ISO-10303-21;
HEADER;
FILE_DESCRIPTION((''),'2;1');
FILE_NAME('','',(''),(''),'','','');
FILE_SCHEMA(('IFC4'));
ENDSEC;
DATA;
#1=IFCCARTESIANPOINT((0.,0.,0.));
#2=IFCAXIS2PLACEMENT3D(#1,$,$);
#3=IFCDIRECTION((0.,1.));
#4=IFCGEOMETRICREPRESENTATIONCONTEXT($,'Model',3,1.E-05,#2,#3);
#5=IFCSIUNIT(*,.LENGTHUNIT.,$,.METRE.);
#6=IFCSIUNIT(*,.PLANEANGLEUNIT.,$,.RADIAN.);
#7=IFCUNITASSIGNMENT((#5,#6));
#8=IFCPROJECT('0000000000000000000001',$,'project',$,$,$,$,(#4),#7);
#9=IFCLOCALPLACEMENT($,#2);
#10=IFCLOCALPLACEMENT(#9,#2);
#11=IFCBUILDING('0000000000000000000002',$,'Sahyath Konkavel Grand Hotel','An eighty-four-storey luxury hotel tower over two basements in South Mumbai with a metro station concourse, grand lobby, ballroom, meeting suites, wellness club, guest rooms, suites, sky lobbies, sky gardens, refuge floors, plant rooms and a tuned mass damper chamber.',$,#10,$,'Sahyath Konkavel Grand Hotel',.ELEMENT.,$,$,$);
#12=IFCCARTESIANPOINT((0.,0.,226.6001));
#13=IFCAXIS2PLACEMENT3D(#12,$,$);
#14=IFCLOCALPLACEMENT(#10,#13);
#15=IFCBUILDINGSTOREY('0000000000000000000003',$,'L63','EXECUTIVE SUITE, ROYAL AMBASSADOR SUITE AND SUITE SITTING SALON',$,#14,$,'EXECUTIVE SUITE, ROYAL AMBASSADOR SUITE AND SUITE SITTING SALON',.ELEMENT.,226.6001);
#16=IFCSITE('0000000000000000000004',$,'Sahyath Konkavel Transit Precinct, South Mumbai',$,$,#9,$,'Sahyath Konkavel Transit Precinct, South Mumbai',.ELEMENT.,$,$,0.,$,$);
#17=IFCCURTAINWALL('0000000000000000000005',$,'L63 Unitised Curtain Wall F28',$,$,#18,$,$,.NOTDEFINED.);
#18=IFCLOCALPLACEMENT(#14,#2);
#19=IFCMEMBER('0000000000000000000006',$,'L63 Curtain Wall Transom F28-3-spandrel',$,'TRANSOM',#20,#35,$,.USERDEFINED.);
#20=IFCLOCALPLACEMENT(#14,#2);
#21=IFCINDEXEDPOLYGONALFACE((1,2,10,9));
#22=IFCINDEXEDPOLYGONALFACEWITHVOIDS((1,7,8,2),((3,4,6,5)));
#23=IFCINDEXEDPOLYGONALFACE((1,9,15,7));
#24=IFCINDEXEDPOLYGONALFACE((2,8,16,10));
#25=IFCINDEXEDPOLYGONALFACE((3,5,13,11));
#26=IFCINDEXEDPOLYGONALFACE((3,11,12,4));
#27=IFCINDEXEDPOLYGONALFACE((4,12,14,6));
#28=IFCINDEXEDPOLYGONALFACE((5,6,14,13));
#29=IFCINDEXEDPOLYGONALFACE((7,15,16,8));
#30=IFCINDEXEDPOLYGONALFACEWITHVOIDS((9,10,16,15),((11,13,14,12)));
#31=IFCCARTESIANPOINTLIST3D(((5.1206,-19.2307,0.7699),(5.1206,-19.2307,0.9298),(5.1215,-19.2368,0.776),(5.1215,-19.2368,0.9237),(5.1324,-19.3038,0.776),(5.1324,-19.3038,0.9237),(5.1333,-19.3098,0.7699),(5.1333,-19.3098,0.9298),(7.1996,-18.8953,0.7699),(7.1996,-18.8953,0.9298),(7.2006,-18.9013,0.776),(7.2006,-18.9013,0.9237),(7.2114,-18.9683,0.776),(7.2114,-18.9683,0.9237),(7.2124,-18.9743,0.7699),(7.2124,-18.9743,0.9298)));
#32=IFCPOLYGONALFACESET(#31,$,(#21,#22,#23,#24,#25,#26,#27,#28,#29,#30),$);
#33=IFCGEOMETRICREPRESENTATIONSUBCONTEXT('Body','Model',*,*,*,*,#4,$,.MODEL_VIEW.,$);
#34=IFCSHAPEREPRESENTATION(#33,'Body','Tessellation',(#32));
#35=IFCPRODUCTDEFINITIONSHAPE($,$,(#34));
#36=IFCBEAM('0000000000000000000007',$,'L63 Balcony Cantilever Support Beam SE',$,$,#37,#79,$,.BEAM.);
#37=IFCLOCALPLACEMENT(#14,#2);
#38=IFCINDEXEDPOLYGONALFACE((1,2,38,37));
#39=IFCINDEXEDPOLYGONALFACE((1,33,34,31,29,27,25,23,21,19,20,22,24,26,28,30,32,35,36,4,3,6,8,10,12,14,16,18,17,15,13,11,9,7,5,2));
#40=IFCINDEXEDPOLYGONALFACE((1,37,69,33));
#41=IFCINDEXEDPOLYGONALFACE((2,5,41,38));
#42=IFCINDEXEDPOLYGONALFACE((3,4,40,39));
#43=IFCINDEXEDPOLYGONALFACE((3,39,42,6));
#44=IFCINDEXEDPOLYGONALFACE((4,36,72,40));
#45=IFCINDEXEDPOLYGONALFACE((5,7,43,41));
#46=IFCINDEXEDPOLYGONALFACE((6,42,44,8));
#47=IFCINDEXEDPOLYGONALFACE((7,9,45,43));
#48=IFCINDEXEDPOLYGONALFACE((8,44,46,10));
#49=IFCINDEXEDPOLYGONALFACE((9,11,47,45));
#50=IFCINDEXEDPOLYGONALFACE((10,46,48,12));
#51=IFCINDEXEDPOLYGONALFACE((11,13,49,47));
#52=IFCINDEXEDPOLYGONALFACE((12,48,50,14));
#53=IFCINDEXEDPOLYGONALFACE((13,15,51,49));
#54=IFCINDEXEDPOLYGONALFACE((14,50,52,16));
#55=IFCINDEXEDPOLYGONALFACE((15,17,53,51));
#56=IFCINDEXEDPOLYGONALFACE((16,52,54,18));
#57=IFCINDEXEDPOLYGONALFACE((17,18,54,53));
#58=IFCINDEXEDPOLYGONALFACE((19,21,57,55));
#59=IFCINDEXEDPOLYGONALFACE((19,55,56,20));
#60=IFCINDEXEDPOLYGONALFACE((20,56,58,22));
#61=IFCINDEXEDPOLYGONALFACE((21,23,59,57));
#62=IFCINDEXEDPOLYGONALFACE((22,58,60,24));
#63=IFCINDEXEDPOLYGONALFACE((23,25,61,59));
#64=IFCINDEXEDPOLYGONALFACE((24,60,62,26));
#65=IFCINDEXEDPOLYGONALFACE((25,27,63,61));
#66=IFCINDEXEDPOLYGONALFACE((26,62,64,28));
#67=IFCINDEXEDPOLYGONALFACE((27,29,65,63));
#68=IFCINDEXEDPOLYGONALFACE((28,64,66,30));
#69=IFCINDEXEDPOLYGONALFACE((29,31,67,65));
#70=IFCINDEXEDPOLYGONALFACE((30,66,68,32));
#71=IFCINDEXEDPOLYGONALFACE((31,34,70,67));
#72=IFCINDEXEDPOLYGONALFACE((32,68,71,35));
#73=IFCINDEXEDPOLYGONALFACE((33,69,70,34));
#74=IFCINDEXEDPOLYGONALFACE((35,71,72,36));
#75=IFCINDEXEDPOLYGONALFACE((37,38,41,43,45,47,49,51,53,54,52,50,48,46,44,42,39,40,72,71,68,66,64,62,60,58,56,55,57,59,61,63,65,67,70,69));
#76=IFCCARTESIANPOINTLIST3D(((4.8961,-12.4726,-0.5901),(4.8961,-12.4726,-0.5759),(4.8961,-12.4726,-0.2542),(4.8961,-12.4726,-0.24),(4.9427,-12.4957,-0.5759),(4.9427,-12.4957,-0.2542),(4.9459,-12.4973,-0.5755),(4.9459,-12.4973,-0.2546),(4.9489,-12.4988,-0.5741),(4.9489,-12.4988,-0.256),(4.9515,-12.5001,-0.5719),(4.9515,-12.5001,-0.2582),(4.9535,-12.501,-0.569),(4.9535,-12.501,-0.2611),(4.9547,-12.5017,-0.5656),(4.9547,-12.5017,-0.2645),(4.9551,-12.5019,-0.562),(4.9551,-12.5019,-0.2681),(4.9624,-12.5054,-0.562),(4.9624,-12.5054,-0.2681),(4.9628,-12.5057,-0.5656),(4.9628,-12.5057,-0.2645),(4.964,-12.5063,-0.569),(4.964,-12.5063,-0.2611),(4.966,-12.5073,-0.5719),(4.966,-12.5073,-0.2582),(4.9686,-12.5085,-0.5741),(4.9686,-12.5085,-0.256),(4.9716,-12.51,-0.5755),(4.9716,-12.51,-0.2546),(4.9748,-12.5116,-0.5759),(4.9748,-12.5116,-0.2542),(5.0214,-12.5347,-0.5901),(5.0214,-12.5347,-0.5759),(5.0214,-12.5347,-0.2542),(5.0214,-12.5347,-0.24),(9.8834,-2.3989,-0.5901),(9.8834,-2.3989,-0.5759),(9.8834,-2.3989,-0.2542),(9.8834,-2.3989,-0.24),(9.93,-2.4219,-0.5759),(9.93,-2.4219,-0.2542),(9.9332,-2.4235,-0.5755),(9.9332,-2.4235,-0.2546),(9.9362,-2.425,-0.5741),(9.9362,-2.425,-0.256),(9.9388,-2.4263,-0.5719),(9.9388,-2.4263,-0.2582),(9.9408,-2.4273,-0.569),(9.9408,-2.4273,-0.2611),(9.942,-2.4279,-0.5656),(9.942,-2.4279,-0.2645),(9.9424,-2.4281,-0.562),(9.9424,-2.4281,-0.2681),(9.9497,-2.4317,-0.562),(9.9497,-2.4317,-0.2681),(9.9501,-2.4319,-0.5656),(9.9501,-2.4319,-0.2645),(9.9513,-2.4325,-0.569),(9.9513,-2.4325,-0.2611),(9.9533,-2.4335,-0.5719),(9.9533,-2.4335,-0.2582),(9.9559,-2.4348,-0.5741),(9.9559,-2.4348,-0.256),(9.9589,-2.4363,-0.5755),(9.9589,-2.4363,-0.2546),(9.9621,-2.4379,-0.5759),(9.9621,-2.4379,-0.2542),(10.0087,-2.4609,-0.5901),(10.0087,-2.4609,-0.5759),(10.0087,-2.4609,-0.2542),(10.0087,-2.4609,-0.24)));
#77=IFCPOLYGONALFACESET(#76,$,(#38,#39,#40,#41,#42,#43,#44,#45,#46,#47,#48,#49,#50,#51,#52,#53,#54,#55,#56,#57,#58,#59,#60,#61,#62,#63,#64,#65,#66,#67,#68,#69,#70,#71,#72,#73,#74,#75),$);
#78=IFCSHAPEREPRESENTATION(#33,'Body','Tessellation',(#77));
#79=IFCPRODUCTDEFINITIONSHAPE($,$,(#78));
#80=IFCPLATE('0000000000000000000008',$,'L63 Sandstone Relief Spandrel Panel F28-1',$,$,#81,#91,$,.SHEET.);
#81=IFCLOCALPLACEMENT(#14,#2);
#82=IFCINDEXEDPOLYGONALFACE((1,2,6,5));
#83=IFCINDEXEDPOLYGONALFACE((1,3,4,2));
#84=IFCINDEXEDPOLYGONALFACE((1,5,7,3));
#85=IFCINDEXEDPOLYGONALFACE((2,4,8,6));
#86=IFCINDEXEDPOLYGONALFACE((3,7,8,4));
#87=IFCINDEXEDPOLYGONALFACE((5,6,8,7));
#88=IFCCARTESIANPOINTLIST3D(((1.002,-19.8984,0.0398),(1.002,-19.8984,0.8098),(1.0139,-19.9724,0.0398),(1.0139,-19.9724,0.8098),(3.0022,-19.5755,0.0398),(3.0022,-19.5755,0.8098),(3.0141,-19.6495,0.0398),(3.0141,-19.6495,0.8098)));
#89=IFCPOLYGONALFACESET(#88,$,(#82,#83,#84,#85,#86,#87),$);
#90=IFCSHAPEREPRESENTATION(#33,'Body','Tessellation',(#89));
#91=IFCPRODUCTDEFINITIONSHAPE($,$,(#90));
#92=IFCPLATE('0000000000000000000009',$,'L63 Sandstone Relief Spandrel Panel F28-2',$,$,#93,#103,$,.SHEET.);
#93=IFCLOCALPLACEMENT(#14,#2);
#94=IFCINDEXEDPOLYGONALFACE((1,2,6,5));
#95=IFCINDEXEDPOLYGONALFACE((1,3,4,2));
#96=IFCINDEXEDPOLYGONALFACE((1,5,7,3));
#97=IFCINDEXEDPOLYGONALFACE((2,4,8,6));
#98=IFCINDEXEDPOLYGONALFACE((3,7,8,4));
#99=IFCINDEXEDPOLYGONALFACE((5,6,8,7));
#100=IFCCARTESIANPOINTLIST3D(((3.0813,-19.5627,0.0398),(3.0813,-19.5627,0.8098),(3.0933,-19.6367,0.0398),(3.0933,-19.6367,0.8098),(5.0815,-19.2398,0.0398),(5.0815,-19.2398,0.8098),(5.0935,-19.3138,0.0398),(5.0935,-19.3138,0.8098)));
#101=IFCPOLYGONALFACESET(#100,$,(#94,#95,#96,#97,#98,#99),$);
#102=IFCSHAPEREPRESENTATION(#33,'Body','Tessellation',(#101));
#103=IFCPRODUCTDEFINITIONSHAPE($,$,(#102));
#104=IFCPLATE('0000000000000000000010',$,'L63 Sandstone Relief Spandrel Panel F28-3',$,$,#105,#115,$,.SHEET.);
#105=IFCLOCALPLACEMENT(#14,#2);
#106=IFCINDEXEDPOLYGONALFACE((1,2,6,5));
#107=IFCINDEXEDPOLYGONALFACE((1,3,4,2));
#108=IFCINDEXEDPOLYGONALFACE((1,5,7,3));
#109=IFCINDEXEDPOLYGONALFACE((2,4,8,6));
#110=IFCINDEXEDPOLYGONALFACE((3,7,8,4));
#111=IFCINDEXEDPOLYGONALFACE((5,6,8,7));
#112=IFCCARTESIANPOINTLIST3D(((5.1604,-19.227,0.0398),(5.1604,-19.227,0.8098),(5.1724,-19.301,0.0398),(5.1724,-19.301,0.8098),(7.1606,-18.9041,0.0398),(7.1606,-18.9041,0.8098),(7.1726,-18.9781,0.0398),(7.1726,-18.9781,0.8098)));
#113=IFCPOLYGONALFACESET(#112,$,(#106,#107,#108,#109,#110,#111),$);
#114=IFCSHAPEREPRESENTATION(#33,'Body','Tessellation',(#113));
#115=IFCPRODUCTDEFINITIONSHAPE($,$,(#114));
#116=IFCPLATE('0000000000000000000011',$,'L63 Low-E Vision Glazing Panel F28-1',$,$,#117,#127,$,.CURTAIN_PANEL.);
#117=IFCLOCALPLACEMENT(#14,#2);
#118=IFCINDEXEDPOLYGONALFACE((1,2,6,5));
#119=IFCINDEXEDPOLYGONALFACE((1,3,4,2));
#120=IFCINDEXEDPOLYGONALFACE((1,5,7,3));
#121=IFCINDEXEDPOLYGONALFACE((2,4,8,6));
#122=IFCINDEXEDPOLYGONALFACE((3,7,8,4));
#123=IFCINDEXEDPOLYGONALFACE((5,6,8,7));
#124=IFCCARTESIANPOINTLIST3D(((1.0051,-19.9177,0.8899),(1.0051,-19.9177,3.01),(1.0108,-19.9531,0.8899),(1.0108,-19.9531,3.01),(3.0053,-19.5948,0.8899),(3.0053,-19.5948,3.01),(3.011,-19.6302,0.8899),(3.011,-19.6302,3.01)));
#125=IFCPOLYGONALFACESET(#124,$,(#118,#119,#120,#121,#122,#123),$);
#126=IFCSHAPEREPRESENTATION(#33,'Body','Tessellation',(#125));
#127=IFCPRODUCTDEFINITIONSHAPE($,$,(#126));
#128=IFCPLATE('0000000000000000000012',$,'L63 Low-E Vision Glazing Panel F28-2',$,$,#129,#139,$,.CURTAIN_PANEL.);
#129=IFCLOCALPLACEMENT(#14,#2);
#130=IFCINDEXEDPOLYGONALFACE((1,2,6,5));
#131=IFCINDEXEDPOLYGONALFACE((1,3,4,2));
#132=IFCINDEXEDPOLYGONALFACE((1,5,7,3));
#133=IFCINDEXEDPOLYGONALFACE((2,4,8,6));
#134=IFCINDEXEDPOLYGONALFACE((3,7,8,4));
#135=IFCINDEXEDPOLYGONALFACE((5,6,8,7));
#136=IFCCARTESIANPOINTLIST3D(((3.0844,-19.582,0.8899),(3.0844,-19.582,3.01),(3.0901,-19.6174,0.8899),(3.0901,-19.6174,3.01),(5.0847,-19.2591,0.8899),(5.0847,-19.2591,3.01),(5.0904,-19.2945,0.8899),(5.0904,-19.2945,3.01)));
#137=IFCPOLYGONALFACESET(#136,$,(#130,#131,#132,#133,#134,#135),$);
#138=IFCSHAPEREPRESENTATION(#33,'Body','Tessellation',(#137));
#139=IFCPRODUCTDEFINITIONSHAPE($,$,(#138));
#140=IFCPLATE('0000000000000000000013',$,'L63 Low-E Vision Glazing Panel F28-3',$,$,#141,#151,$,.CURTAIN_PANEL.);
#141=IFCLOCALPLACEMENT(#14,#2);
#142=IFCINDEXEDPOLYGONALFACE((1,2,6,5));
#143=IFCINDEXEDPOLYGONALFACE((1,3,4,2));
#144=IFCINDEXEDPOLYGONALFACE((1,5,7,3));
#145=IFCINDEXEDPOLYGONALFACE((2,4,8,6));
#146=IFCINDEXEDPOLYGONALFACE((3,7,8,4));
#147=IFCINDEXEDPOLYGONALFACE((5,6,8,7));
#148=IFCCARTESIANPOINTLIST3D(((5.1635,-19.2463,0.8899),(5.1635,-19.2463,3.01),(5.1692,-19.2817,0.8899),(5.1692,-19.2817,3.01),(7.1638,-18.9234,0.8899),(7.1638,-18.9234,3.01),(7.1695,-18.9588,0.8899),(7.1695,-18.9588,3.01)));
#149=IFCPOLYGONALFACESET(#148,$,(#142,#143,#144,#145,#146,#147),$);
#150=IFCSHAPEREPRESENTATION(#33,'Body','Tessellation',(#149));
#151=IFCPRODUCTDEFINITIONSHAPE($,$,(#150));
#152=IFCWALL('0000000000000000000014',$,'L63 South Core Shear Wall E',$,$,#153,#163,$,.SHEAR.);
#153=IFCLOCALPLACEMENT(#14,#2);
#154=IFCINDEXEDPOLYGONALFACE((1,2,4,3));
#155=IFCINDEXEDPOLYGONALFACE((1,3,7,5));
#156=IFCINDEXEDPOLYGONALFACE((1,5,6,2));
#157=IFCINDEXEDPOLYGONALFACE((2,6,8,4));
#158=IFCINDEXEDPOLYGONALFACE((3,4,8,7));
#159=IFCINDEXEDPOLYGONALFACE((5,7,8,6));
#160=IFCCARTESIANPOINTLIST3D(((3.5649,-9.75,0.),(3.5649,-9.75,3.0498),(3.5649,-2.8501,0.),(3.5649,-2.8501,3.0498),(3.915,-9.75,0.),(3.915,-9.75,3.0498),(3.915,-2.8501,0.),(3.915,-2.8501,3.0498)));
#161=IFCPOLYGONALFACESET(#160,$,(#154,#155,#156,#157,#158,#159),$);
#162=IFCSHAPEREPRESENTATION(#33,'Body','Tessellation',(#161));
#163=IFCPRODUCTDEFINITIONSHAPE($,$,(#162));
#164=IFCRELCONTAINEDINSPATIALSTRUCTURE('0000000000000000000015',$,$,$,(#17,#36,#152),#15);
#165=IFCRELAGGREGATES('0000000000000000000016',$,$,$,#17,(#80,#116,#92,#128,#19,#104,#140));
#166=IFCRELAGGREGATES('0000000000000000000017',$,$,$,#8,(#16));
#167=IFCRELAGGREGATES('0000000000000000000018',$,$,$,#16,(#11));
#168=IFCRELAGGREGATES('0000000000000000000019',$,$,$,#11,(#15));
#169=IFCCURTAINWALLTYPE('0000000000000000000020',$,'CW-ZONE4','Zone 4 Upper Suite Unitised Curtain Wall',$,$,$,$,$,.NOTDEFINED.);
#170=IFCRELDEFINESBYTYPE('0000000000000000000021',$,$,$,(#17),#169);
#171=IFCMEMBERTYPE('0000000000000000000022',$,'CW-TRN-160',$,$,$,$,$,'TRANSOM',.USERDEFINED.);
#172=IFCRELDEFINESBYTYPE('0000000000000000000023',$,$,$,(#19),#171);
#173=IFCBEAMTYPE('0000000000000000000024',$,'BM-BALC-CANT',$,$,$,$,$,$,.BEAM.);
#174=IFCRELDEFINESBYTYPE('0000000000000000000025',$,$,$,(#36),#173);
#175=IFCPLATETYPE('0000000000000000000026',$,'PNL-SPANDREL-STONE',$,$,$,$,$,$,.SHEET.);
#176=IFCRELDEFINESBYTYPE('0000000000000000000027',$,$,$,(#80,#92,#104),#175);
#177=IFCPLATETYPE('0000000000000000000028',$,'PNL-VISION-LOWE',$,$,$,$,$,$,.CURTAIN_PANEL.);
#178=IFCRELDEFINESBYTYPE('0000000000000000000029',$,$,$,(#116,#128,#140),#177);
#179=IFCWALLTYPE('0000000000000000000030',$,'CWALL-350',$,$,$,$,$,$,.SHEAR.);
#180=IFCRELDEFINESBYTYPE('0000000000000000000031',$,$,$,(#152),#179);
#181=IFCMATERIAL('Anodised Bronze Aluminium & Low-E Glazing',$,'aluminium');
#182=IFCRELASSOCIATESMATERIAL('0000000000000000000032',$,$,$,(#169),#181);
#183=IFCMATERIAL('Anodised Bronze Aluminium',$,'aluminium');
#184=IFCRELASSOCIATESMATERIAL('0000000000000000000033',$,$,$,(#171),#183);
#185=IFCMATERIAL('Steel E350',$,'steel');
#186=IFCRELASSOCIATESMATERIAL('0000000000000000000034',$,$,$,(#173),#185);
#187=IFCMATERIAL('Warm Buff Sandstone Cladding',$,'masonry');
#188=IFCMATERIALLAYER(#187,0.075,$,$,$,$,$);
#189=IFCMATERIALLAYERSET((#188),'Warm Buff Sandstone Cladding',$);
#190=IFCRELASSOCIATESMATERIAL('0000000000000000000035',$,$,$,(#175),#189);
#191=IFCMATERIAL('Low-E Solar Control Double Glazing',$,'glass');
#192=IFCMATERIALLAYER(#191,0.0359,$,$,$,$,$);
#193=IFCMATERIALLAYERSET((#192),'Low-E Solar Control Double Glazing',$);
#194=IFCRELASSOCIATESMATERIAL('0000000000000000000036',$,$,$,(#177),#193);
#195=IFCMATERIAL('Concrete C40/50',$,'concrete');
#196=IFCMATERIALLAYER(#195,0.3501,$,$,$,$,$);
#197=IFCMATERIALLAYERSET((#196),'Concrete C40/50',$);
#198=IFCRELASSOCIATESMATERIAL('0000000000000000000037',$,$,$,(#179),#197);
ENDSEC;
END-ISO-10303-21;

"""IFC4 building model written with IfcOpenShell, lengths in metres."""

from ifc_helpers import new_model, si_unit, direction, frame, frame_2d, origin, origin_2d, place, context, subcontext, project, spatial, rectangle, hollow_rectangle, i_section, extrude, source, transform, mapped, material, layer, layer_set, material_profile, profile_set, type_object, element, aggregate, save


model = new_model("IFC4")

# Units and contexts
model_context = context("Model", 3, precision=1e-05, world=origin(), true_north=direction((0.0, 1.0)))
body_context = subcontext(model_context, "Body", "Model", "MODEL_VIEW")
ifc_project = project(units=[si_unit("LENGTHUNIT", "METRE"), si_unit("PLANEANGLEUNIT", "RADIAN")], contexts=[model_context])

# Site, building, storey
site_placement = place(None, origin())
site = spatial("IfcSite", under=ifc_project, at=site_placement, Name="Sahyath Konkavel Transit Precinct, South Mumbai", LongName="Sahyath Konkavel Transit Precinct, South Mumbai", CompositionType="ELEMENT", RefElevation=0.0)
building_placement = place(site_placement, origin())
building = spatial("IfcBuilding", under=site, at=building_placement, Name="Sahyath Konkavel Grand Hotel", Description="An eighty-four-storey luxury hotel tower over two basements in South Mumbai with a metro station concourse, grand lobby, ballroom, meeting suites, wellness club, guest rooms, suites, sky lobbies, sky gardens, refuge floors, plant rooms and a tuned mass damper chamber.", LongName="Sahyath Konkavel Grand Hotel", CompositionType="ELEMENT")
storey_placement = place(building_placement, frame((0.0, 0.0, 226.6001)))
storey = spatial("IfcBuildingStorey", under=building, at=storey_placement, Name="L63", Description="EXECUTIVE SUITE, ROYAL AMBASSADOR SUITE AND SUITE SITTING SALON", LongName="EXECUTIVE SUITE, ROYAL AMBASSADOR SUITE AND SUITE SITTING SALON", CompositionType="ELEMENT", Elevation=226.6001)

# Shared definitions
ifc_material_1 = material(Name="Steel E350", Category="steel")

# Curtain wall, member
ifc_material_2 = material(Name="Anodised Bronze Aluminium & Low-E Glazing", Category="aluminium")
curtain_wall_type = type_object("IfcCurtainWallType", Name="CW-ZONE4", Description="Zone 4 Upper Suite Unitised Curtain Wall", PredefinedType="NOTDEFINED", material=ifc_material_2)
curtain_wall_placement = place(storey_placement, origin())
curtain_wall = element("IfcCurtainWall", 1, at=curtain_wall_placement, inside=storey, type_object=curtain_wall_type, Name="L63 Unitised Curtain Wall F28", PredefinedType="NOTDEFINED")
ifc_material_3 = material(Name="Anodised Bronze Aluminium", Category="aluminium")
ifc_material_profile_1 = material_profile(ifc_material_3, hollow_rectangle(XDim=0.0801, YDim=0.1599, WallThickness=0.0061, at=origin_2d()), Name="RHS 160x80x6")
ifc_profile_set_1 = profile_set([ifc_material_profile_1], Name="Anodised Bronze Aluminium")
member_type_1 = type_object("IfcMemberType", Name="CW-TRN-160", ElementType="TRANSOM", PredefinedType="USERDEFINED", material=ifc_profile_set_1)
shared_shape_1 = source(origin(), body_context, "Body", "SweptSolid", [
    extrude(hollow_rectangle(XDim=0.0801, YDim=0.1599, WallThickness=0.0061, at=origin_2d()), origin(), (0.0, 0.0, 1.0), 2.106),
])
member_1_placement = place(storey_placement, frame((5.127, -19.2703, 0.8499), z_axis=(0.987233, 0.159283, 0.0), x_axis=(-0.159283, 0.987233, 0.0)))
member_1 = element("IfcMember", 2, at=member_1_placement, type_object=member_type_1, Name="L63 Curtain Wall Transom F28-3-spandrel", ObjectType="TRANSOM", PredefinedType="USERDEFINED", context=body_context, shape_type="MappedRepresentation", body=[
    mapped(shared_shape_1, transform((0.0, 0.0, 0.0), scale=1.0)),
])

# Beam
ifc_material_profile_2 = material_profile(ifc_material_1, i_section(OverallWidth=0.1399, OverallDepth=0.3501, WebThickness=0.0081, FlangeThickness=0.0142, FilletRadius=0.0139, at=origin_2d()), Name="ISMB 350")
ifc_profile_set_2 = profile_set([ifc_material_profile_2], Name="Steel E350")
beam_type_1 = type_object("IfcBeamType", Name="BM-BALC-CANT", PredefinedType="BEAM", material=ifc_profile_set_2)
shared_shape_2 = source(origin(), body_context, "Body", "SweptSolid", [
    extrude(i_section(OverallWidth=0.1399, OverallDepth=0.3501, WebThickness=0.0081, FlangeThickness=0.0142, FilletRadius=0.0139, at=origin_2d()), origin(), (0.0, 0.0, 1.0), 11.2407),
])
beam_1_placement = place(storey_placement, frame((4.9587, -12.5037, -0.415), z_axis=(0.443683, 0.896184, 0.0), x_axis=(-0.896184, 0.443683, 0.0)))
element("IfcBeam", 3, at=beam_1_placement, inside=storey, type_object=beam_type_1, Name="L63 Balcony Cantilever Support Beam SE", PredefinedType="BEAM", context=body_context, shape_type="MappedRepresentation", body=[
    mapped(shared_shape_2, transform((0.0, 0.0, 0.0), scale=1.0)),
])

# Plates
ifc_material_4 = material(Name="Warm Buff Sandstone Cladding", Category="masonry")
ifc_layer_1 = layer(ifc_material_4, 0.075)
ifc_layer_set_1 = layer_set([ifc_layer_1], Name="Warm Buff Sandstone Cladding")
plate_type_1 = type_object("IfcPlateType", Name="PNL-SPANDREL-STONE", PredefinedType="SHEET", material=ifc_layer_set_1)
shared_shape_3 = source(origin(), body_context, "Body", "SweptSolid", [
    extrude(rectangle(XDim=2.0261, YDim=0.075, at=origin_2d()), origin(), (0.0, 0.0, 1.0), 0.77),
])
plate_1_placement = place(storey_placement, frame((2.0081, -19.7739, 0.0398), z_axis=(0.0, 0.0, 1.0), x_axis=(0.98722, 0.159364, 0.0)))
plate_1 = element("IfcPlate", 4, at=plate_1_placement, type_object=plate_type_1, Name="L63 Sandstone Relief Spandrel Panel F28-1", PredefinedType="SHEET", context=body_context, shape_type="MappedRepresentation", body=[
    mapped(shared_shape_3, transform((0.0, 0.0, 0.0), scale=1.0)),
])
plate_2_placement = place(storey_placement, frame((4.0874, -19.4382, 0.0398), z_axis=(0.0, 0.0, 1.0), x_axis=(0.98722, 0.159364, 0.0)))
plate_2 = element("IfcPlate", 5, at=plate_2_placement, type_object=plate_type_1, Name="L63 Sandstone Relief Spandrel Panel F28-2", PredefinedType="SHEET", context=body_context, shape_type="MappedRepresentation", body=[
    mapped(shared_shape_3, transform((0.0, 0.0, 0.0), scale=1.0)),
])
plate_3_placement = place(storey_placement, frame((6.1665, -19.1025, 0.0398), z_axis=(0.0, 0.0, 1.0), x_axis=(0.98722, 0.159364, 0.0)))
plate_3 = element("IfcPlate", 6, at=plate_3_placement, type_object=plate_type_1, Name="L63 Sandstone Relief Spandrel Panel F28-3", PredefinedType="SHEET", context=body_context, shape_type="MappedRepresentation", body=[
    mapped(shared_shape_3, transform((0.0, 0.0, 0.0), scale=1.0)),
])
ifc_material_5 = material(Name="Low-E Solar Control Double Glazing", Category="glass")
ifc_layer_2 = layer(ifc_material_5, 0.0359)
ifc_layer_set_2 = layer_set([ifc_layer_2], Name="Low-E Solar Control Double Glazing")
plate_type_2 = type_object("IfcPlateType", Name="PNL-VISION-LOWE", PredefinedType="CURTAIN_PANEL", material=ifc_layer_set_2)
shared_shape_4 = source(origin(), body_context, "Body", "SweptSolid", [
    extrude(rectangle(XDim=2.0261, YDim=0.0359, at=origin_2d()), origin(), (0.0, 0.0, 1.0), 2.1201),
])
plate_4_placement = place(storey_placement, frame((2.0081, -19.7739, 0.8899), z_axis=(0.0, 0.0, 1.0), x_axis=(0.98722, 0.159364, 0.0)))
plate_4 = element("IfcPlate", 7, at=plate_4_placement, type_object=plate_type_2, Name="L63 Low-E Vision Glazing Panel F28-1", PredefinedType="CURTAIN_PANEL", context=body_context, shape_type="MappedRepresentation", body=[
    mapped(shared_shape_4, transform((0.0, 0.0, 0.0), scale=1.0)),
])
plate_5_placement = place(storey_placement, frame((4.0874, -19.4382, 0.8899), z_axis=(0.0, 0.0, 1.0), x_axis=(0.98722, 0.159364, 0.0)))
plate_5 = element("IfcPlate", 8, at=plate_5_placement, type_object=plate_type_2, Name="L63 Low-E Vision Glazing Panel F28-2", PredefinedType="CURTAIN_PANEL", context=body_context, shape_type="MappedRepresentation", body=[
    mapped(shared_shape_4, transform((0.0, 0.0, 0.0), scale=1.0)),
])
plate_6_placement = place(storey_placement, frame((6.1665, -19.1025, 0.8899), z_axis=(0.0, 0.0, 1.0), x_axis=(0.98722, 0.159364, 0.0)))
plate_6 = element("IfcPlate", 9, at=plate_6_placement, type_object=plate_type_2, Name="L63 Low-E Vision Glazing Panel F28-3", PredefinedType="CURTAIN_PANEL", context=body_context, shape_type="MappedRepresentation", body=[
    mapped(shared_shape_4, transform((0.0, 0.0, 0.0), scale=1.0)),
])
aggregate(curtain_wall, [plate_1, plate_4, plate_2, plate_5, member_1, plate_3, plate_6])

# Wall
ifc_material_6 = material(Name="Concrete C40/50", Category="concrete")
ifc_layer_3 = layer(ifc_material_6, 0.3501)
ifc_layer_set_3 = layer_set([ifc_layer_3], Name="Concrete C40/50")
wall_type_1 = type_object("IfcWallType", Name="CWALL-350", PredefinedType="SHEAR", material=ifc_layer_set_3)
wall_1_placement = place(storey_placement, frame((3.74, -9.75, 0.0), z_axis=(0.0, 0.0, 1.0), x_axis=(0.0, 1.0, 0.0)))
element("IfcWall", 10, at=wall_1_placement, inside=storey, type_object=wall_type_1, Name="L63 South Core Shear Wall E", PredefinedType="SHEAR", context=body_context, shape_type="SweptSolid", body=[
    extrude(rectangle(XDim=6.8999, YDim=0.3501, at=frame_2d((3.45, 0.0))), origin(), (0.0, 0.0, 1.0), 3.0498),
])

save(model, "model.ifc")
